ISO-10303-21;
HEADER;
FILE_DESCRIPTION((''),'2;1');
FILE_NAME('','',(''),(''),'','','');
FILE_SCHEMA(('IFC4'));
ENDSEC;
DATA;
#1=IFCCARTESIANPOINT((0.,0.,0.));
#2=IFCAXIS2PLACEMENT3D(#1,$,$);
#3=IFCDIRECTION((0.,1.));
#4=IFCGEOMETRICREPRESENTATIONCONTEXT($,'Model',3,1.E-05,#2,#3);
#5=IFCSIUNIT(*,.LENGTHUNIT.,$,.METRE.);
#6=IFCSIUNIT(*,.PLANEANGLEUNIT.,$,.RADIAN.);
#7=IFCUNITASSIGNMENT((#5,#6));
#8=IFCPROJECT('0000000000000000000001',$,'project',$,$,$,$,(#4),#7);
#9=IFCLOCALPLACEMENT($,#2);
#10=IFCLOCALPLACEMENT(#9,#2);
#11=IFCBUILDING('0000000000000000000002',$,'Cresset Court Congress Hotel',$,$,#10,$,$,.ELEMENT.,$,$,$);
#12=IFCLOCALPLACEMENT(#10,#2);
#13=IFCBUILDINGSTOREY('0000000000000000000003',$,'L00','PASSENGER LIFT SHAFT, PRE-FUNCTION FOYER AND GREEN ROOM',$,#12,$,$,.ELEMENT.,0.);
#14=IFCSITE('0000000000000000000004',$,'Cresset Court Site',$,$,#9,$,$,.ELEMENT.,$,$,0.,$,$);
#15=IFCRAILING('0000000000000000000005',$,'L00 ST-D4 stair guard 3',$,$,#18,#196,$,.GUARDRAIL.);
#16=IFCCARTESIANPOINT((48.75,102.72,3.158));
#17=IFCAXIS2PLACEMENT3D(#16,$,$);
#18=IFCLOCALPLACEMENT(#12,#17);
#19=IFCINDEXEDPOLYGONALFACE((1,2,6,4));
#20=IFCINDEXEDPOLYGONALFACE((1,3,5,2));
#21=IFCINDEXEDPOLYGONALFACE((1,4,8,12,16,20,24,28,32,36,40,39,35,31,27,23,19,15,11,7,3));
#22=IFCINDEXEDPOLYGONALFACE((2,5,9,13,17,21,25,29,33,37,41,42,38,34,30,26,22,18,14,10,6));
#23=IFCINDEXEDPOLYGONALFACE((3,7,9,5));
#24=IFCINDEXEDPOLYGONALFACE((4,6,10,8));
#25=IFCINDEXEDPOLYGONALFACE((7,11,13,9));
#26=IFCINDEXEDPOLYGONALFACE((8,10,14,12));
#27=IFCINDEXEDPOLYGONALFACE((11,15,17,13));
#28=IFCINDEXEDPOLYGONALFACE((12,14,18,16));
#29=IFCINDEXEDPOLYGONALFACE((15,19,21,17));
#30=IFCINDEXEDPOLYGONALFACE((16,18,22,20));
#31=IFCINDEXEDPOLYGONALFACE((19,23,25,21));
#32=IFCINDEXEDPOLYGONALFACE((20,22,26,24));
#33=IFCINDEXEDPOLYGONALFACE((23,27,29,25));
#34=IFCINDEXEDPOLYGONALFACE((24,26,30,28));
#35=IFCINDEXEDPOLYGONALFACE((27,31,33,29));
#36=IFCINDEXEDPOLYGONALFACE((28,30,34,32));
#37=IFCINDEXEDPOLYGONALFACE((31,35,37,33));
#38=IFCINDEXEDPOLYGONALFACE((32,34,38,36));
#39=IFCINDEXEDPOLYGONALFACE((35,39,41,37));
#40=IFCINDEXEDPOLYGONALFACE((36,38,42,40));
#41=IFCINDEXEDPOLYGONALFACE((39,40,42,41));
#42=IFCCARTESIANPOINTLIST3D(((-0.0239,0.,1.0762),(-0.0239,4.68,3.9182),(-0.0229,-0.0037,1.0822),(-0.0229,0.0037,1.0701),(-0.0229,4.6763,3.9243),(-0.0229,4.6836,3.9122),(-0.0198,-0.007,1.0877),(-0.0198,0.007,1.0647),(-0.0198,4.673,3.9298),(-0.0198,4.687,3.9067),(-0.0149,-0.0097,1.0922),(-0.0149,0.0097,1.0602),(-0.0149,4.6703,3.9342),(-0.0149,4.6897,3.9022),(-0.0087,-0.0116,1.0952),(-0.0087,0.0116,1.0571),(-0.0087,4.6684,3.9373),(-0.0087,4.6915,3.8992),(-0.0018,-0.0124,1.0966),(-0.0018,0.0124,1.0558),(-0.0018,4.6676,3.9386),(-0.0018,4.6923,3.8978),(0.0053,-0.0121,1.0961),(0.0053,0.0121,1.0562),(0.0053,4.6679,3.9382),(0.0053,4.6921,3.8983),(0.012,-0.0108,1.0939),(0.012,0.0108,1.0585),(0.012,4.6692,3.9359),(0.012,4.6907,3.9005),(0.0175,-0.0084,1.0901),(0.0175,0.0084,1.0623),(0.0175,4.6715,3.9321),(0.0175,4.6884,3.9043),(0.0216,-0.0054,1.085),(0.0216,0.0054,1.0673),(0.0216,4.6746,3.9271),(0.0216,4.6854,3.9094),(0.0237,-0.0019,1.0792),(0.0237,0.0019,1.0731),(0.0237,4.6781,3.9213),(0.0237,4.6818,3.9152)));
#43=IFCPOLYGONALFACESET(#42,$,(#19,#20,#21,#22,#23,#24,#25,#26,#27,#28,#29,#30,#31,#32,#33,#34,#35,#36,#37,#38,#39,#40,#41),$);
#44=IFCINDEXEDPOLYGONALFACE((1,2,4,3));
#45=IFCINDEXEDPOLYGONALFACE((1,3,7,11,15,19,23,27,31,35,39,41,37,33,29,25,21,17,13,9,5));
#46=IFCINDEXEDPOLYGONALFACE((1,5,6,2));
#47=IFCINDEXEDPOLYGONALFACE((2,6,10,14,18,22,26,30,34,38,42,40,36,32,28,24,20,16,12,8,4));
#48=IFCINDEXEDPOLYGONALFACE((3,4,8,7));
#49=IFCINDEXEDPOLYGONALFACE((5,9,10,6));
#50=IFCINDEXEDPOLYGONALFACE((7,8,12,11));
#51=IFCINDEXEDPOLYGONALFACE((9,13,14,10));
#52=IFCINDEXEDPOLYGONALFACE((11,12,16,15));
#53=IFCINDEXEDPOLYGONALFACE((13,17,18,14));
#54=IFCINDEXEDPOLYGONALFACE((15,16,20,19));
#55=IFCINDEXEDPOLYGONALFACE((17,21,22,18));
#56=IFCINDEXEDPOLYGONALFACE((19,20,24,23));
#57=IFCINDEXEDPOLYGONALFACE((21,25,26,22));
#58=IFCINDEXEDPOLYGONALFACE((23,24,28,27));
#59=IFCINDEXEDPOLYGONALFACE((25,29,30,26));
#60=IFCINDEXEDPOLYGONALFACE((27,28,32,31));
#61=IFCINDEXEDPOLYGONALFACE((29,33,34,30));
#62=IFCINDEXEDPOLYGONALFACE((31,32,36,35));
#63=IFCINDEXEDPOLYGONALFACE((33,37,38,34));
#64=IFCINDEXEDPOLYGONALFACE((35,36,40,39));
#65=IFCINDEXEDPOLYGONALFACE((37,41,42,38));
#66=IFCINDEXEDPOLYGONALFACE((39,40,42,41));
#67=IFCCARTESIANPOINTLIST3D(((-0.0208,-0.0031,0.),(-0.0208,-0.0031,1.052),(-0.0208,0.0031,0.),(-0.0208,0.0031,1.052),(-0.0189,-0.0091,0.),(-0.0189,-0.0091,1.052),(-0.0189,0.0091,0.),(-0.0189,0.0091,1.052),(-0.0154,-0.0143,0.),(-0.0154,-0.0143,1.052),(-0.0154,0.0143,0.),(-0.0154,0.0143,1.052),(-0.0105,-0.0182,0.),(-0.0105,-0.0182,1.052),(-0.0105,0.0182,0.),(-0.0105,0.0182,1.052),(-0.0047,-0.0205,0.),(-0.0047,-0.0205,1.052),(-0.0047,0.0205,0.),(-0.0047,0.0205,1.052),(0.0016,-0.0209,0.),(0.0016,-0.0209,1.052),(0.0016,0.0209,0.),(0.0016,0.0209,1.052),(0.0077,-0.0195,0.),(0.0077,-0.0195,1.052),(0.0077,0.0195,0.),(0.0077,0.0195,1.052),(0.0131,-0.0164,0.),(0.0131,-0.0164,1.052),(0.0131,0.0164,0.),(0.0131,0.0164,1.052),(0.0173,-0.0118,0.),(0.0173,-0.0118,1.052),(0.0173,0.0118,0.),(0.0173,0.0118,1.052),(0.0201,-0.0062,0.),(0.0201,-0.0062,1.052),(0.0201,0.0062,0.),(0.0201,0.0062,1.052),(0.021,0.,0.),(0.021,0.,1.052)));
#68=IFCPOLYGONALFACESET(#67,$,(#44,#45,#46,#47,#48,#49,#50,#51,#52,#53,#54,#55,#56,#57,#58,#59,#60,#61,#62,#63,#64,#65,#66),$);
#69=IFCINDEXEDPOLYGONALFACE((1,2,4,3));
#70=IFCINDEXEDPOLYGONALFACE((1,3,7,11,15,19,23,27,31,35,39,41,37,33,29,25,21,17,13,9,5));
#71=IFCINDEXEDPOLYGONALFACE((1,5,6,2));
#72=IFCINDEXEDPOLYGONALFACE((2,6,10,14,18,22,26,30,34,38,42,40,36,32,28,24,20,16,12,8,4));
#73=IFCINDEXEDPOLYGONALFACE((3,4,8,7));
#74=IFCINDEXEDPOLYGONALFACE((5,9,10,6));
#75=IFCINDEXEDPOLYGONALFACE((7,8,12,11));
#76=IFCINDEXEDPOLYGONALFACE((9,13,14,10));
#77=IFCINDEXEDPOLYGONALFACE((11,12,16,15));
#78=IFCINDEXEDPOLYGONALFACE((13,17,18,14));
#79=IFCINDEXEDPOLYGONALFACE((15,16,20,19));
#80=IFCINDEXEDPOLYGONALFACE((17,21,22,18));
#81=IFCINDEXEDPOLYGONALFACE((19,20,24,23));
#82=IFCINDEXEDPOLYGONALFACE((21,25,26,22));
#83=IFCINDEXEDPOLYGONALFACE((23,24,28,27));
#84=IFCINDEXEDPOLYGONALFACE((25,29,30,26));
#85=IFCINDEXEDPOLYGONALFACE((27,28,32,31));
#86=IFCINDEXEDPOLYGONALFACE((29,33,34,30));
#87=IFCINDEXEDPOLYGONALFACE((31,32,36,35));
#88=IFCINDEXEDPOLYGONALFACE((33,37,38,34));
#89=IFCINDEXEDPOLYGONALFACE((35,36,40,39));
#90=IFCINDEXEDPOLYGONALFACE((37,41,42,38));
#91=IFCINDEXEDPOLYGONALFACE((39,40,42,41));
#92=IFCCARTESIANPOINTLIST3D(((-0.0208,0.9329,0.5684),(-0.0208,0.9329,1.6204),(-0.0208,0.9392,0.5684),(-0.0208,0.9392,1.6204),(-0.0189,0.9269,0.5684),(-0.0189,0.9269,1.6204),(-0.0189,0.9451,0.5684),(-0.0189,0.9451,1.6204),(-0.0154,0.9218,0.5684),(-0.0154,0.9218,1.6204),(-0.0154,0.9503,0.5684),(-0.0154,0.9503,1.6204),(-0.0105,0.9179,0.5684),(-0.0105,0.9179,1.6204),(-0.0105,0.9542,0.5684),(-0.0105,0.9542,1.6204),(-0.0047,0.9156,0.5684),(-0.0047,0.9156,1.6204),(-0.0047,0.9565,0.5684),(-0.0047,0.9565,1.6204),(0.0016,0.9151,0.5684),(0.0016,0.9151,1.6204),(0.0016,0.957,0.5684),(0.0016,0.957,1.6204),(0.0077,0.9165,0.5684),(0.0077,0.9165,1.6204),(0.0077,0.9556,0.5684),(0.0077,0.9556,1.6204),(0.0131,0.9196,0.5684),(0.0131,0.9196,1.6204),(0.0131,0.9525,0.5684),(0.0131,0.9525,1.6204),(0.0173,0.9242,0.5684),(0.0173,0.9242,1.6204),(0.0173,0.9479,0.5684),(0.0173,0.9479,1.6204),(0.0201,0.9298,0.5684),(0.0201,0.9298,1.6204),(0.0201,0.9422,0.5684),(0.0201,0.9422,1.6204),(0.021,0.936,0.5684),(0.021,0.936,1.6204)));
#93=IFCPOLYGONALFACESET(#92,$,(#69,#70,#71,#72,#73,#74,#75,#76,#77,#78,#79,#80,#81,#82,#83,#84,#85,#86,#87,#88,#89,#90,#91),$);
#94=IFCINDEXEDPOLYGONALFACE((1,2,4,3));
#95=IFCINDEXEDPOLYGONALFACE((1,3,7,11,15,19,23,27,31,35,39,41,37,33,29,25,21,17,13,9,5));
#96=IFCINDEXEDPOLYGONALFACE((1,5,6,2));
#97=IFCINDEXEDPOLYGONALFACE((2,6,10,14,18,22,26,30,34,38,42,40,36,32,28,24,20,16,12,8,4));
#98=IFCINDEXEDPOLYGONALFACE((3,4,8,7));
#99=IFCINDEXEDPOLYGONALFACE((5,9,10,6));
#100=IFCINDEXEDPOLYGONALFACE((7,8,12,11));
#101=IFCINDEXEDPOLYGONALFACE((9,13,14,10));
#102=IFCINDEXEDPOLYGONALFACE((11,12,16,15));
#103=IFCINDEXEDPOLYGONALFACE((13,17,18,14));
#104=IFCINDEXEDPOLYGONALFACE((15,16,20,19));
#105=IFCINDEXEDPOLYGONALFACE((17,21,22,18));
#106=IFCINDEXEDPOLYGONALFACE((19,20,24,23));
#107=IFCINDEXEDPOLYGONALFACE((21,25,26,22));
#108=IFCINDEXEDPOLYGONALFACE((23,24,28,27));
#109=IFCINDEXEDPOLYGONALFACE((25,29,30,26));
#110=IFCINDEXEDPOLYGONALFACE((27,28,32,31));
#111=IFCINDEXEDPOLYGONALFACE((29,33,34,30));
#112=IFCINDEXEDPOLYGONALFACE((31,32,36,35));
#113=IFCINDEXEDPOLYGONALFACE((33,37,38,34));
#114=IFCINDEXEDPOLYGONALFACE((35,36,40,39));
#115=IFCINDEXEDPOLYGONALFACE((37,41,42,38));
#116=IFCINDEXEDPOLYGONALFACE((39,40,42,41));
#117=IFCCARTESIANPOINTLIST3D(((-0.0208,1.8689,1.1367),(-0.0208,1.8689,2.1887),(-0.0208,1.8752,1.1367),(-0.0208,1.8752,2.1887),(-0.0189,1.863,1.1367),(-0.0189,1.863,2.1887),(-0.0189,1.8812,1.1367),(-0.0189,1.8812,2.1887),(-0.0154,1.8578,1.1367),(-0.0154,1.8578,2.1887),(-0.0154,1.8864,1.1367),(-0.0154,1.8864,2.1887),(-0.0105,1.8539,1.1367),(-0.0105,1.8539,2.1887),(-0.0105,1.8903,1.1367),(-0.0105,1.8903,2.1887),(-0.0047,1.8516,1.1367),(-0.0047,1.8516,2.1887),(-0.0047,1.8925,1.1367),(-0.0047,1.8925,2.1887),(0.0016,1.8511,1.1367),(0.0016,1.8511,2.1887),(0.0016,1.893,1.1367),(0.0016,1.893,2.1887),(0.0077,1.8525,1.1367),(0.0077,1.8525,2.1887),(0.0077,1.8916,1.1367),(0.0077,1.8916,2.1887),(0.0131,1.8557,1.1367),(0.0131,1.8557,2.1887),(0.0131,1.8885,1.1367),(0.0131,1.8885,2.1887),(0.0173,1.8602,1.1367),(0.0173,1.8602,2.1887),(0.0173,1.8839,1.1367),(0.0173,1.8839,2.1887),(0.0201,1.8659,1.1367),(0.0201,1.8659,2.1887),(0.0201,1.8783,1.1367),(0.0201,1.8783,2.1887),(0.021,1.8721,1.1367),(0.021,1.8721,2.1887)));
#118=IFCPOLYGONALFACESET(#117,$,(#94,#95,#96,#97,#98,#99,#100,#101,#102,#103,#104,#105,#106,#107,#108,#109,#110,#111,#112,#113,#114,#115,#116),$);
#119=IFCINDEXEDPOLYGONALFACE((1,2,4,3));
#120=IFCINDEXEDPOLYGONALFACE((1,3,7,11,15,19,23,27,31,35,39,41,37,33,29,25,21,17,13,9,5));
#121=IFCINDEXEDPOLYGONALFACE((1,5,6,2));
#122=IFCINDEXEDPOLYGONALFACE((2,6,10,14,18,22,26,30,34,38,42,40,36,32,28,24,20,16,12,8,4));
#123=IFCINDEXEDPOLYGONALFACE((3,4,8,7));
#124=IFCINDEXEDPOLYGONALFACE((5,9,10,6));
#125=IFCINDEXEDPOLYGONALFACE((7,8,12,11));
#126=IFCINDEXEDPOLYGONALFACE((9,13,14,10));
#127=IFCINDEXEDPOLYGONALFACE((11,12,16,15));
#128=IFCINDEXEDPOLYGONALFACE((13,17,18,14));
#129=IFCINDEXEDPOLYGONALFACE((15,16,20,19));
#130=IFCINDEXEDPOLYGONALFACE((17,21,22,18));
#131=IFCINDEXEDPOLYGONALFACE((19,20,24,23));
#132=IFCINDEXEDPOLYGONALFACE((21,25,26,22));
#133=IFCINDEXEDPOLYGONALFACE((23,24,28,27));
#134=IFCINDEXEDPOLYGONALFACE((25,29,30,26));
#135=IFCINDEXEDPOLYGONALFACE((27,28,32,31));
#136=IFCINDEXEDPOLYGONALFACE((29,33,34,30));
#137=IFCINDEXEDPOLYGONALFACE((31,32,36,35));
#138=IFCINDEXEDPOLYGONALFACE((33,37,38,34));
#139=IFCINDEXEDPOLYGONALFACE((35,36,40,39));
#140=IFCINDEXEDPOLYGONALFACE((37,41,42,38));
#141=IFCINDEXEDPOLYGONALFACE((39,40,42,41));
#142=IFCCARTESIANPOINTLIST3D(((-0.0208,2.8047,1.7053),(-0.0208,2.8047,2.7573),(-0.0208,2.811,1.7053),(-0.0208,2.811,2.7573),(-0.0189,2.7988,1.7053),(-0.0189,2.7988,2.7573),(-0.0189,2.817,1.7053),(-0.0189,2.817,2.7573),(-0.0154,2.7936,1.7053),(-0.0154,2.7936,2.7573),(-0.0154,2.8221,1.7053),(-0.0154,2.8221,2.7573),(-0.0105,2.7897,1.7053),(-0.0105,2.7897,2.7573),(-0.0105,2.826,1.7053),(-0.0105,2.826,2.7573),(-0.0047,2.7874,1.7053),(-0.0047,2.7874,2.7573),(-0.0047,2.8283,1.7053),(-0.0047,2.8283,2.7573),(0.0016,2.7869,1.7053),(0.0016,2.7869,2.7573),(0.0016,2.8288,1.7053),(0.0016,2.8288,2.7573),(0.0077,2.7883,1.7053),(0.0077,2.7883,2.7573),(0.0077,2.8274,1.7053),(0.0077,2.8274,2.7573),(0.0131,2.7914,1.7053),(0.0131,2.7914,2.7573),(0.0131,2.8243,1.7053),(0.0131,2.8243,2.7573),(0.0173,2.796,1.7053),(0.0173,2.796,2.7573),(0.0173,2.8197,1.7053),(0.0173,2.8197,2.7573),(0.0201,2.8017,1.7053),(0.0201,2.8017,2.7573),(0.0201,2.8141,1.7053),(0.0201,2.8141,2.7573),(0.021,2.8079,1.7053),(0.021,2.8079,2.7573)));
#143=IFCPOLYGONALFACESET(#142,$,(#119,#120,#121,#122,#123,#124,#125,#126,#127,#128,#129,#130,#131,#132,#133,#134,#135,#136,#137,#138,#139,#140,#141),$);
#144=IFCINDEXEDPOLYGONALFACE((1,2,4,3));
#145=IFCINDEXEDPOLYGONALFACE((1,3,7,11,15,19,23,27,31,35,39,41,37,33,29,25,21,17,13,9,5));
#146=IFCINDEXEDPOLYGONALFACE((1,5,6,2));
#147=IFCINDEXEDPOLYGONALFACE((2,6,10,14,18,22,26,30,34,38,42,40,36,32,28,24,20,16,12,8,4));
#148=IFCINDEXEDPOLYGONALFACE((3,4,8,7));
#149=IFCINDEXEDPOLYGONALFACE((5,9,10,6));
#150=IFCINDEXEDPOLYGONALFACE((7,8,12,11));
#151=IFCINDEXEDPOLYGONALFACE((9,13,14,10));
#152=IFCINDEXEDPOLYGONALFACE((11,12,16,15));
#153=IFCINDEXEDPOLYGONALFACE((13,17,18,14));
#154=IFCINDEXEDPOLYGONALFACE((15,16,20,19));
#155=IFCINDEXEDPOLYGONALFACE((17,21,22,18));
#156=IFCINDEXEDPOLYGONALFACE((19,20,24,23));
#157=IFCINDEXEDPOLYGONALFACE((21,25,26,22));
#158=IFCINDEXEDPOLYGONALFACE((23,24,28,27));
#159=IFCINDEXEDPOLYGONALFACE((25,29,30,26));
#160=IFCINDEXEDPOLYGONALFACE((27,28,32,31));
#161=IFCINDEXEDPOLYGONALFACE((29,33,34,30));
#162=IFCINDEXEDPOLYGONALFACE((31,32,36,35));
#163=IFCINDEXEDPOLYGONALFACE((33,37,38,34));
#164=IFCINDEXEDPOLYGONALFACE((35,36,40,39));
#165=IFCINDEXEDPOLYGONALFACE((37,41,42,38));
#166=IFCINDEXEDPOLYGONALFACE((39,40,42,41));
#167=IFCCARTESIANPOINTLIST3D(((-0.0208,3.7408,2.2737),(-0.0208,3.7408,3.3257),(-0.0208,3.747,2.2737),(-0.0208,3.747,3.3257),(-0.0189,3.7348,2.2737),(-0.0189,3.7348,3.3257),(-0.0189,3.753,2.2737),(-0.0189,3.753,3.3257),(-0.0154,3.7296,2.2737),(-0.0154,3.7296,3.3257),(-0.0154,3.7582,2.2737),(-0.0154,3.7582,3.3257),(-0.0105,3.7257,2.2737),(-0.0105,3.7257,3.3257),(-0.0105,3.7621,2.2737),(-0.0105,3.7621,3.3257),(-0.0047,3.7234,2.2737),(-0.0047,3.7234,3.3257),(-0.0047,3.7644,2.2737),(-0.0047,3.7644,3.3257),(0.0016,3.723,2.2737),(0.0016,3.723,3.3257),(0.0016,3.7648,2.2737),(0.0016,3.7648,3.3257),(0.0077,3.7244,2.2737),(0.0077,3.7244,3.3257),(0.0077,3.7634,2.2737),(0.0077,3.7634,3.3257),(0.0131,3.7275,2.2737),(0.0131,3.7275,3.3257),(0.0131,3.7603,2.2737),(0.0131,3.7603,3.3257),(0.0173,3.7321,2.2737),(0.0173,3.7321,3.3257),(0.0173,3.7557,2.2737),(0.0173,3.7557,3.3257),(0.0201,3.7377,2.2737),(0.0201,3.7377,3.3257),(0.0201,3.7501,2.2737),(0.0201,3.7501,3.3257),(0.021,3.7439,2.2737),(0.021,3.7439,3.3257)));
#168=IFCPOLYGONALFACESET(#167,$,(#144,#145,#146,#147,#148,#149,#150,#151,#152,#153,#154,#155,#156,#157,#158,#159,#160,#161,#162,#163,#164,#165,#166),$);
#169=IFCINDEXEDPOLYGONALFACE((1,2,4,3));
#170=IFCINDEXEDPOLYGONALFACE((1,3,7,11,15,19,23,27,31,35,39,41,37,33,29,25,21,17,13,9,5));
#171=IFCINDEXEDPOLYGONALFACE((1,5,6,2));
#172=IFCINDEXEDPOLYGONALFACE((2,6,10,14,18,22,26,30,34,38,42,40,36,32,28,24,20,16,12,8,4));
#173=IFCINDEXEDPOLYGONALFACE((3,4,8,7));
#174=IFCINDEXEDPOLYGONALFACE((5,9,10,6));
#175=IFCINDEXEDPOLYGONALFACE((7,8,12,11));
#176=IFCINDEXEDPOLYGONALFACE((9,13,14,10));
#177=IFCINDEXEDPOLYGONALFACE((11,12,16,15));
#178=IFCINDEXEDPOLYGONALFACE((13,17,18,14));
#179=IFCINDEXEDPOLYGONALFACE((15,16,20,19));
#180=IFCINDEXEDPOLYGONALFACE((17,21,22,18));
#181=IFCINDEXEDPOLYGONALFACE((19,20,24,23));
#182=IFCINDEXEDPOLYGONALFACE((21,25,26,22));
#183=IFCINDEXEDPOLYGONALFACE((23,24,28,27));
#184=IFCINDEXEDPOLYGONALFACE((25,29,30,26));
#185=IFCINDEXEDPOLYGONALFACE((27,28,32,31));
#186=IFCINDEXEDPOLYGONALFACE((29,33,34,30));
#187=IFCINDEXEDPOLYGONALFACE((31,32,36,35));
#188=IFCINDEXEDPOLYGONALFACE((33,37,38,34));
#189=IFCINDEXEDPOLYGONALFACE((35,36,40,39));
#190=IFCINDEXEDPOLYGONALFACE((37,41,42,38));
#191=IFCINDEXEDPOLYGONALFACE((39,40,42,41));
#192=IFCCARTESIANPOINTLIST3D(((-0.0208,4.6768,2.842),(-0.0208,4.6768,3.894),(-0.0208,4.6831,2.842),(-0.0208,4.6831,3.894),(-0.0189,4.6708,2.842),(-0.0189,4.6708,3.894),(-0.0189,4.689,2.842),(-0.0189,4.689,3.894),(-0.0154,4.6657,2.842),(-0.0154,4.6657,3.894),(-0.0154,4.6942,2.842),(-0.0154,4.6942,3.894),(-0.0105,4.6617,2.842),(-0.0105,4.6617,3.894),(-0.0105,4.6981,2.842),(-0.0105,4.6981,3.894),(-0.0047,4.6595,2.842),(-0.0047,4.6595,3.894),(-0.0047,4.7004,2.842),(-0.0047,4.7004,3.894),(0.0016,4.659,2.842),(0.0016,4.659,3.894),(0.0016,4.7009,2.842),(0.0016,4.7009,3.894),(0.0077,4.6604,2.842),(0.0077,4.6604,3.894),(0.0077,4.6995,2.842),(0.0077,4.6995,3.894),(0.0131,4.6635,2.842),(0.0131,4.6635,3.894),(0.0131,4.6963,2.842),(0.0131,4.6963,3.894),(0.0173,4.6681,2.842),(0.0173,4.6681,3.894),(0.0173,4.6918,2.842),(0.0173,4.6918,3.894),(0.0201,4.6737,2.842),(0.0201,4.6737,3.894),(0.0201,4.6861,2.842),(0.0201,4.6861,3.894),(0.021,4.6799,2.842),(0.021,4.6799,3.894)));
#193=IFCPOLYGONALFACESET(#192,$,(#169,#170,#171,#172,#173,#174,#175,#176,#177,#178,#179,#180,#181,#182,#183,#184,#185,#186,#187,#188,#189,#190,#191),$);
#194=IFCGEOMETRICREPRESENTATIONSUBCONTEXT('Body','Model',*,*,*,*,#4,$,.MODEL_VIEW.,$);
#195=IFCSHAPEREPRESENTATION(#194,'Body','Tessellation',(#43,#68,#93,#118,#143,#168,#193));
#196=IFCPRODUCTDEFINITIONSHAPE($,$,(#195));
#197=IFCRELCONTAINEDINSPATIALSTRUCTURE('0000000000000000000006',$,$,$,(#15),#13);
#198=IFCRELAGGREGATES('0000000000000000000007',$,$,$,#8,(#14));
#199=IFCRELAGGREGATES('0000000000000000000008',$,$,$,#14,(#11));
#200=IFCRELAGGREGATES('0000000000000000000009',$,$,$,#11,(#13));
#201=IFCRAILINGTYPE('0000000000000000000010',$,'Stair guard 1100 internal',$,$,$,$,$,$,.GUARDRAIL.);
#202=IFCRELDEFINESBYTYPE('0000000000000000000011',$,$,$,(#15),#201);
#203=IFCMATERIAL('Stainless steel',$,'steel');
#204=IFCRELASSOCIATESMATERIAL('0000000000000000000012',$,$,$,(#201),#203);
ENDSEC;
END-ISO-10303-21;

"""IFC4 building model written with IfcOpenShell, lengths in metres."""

from ifc_helpers import new_model, si_unit, direction, frame, origin, origin_2d, place, context, subcontext, project, spatial, circle, extrude, material, type_object, element, save


model = new_model("IFC4")

# Units and contexts
model_context = context("Model", 3, precision=1e-05, world=origin(), true_north=direction((0.0, 1.0)))
body_context = subcontext(model_context, "Body", "Model", "MODEL_VIEW")
ifc_project = project(units=[si_unit("LENGTHUNIT", "METRE"), si_unit("PLANEANGLEUNIT", "RADIAN")], contexts=[model_context])

# Site, building, storey
site_placement = place(None, origin())
site = spatial("IfcSite", under=ifc_project, at=site_placement, Name="Cresset Court Site", CompositionType="ELEMENT", RefElevation=0.0)
building_placement = place(site_placement, origin())
building = spatial("IfcBuilding", under=site, at=building_placement, Name="Cresset Court Congress Hotel", CompositionType="ELEMENT")
storey_placement = place(building_placement, origin())
storey = spatial("IfcBuildingStorey", under=building, at=storey_placement, Name="L00", Description="PASSENGER LIFT SHAFT, PRE-FUNCTION FOYER AND GREEN ROOM", CompositionType="ELEMENT", Elevation=0.0)

# Railing
ifc_material_1 = material(Name="Stainless steel", Category="steel")
railing_type_1 = type_object("IfcRailingType", Name="Stair guard 1100 internal", PredefinedType="GUARDRAIL", material=ifc_material_1)
railing_1_placement = place(storey_placement, frame((48.75, 102.72, 3.158)))
element("IfcRailing", 1, at=railing_1_placement, inside=storey, type_object=railing_type_1, Name="L00 ST-D4 stair guard 3", PredefinedType="GUARDRAIL", context=body_context, shape_type="SweptSolid", body=[
    extrude(circle(Radius=0.0239, at=origin_2d()), frame((0.0, 0.0, 1.0762), z_axis=(0.0, 0.854735, 0.519065), x_axis=(-1.0, 0.0, 0.0)), (0.0, 0.0, 1.0), 5.4753),
    extrude(circle(Radius=0.021, at=origin_2d()), origin(), (0.0, 0.0, 1.0), 1.052),
    extrude(circle(Radius=0.021, at=origin_2d()), frame((0.0, 0.936, 0.5684)), (0.0, 0.0, 1.0), 1.052),
    extrude(circle(Radius=0.021, at=origin_2d()), frame((0.0, 1.8721, 1.1367)), (0.0, 0.0, 1.0), 1.052),
    extrude(circle(Radius=0.021, at=origin_2d()), frame((0.0, 2.8079, 1.7053)), (0.0, 0.0, 1.0), 1.052),
    extrude(circle(Radius=0.021, at=origin_2d()), frame((0.0, 3.7439, 2.2737)), (0.0, 0.0, 1.0), 1.052),
    extrude(circle(Radius=0.021, at=origin_2d()), frame((0.0, 4.6799, 2.842)), (0.0, 0.0, 1.0), 1.052),
])

save(model, "model.ifc")
